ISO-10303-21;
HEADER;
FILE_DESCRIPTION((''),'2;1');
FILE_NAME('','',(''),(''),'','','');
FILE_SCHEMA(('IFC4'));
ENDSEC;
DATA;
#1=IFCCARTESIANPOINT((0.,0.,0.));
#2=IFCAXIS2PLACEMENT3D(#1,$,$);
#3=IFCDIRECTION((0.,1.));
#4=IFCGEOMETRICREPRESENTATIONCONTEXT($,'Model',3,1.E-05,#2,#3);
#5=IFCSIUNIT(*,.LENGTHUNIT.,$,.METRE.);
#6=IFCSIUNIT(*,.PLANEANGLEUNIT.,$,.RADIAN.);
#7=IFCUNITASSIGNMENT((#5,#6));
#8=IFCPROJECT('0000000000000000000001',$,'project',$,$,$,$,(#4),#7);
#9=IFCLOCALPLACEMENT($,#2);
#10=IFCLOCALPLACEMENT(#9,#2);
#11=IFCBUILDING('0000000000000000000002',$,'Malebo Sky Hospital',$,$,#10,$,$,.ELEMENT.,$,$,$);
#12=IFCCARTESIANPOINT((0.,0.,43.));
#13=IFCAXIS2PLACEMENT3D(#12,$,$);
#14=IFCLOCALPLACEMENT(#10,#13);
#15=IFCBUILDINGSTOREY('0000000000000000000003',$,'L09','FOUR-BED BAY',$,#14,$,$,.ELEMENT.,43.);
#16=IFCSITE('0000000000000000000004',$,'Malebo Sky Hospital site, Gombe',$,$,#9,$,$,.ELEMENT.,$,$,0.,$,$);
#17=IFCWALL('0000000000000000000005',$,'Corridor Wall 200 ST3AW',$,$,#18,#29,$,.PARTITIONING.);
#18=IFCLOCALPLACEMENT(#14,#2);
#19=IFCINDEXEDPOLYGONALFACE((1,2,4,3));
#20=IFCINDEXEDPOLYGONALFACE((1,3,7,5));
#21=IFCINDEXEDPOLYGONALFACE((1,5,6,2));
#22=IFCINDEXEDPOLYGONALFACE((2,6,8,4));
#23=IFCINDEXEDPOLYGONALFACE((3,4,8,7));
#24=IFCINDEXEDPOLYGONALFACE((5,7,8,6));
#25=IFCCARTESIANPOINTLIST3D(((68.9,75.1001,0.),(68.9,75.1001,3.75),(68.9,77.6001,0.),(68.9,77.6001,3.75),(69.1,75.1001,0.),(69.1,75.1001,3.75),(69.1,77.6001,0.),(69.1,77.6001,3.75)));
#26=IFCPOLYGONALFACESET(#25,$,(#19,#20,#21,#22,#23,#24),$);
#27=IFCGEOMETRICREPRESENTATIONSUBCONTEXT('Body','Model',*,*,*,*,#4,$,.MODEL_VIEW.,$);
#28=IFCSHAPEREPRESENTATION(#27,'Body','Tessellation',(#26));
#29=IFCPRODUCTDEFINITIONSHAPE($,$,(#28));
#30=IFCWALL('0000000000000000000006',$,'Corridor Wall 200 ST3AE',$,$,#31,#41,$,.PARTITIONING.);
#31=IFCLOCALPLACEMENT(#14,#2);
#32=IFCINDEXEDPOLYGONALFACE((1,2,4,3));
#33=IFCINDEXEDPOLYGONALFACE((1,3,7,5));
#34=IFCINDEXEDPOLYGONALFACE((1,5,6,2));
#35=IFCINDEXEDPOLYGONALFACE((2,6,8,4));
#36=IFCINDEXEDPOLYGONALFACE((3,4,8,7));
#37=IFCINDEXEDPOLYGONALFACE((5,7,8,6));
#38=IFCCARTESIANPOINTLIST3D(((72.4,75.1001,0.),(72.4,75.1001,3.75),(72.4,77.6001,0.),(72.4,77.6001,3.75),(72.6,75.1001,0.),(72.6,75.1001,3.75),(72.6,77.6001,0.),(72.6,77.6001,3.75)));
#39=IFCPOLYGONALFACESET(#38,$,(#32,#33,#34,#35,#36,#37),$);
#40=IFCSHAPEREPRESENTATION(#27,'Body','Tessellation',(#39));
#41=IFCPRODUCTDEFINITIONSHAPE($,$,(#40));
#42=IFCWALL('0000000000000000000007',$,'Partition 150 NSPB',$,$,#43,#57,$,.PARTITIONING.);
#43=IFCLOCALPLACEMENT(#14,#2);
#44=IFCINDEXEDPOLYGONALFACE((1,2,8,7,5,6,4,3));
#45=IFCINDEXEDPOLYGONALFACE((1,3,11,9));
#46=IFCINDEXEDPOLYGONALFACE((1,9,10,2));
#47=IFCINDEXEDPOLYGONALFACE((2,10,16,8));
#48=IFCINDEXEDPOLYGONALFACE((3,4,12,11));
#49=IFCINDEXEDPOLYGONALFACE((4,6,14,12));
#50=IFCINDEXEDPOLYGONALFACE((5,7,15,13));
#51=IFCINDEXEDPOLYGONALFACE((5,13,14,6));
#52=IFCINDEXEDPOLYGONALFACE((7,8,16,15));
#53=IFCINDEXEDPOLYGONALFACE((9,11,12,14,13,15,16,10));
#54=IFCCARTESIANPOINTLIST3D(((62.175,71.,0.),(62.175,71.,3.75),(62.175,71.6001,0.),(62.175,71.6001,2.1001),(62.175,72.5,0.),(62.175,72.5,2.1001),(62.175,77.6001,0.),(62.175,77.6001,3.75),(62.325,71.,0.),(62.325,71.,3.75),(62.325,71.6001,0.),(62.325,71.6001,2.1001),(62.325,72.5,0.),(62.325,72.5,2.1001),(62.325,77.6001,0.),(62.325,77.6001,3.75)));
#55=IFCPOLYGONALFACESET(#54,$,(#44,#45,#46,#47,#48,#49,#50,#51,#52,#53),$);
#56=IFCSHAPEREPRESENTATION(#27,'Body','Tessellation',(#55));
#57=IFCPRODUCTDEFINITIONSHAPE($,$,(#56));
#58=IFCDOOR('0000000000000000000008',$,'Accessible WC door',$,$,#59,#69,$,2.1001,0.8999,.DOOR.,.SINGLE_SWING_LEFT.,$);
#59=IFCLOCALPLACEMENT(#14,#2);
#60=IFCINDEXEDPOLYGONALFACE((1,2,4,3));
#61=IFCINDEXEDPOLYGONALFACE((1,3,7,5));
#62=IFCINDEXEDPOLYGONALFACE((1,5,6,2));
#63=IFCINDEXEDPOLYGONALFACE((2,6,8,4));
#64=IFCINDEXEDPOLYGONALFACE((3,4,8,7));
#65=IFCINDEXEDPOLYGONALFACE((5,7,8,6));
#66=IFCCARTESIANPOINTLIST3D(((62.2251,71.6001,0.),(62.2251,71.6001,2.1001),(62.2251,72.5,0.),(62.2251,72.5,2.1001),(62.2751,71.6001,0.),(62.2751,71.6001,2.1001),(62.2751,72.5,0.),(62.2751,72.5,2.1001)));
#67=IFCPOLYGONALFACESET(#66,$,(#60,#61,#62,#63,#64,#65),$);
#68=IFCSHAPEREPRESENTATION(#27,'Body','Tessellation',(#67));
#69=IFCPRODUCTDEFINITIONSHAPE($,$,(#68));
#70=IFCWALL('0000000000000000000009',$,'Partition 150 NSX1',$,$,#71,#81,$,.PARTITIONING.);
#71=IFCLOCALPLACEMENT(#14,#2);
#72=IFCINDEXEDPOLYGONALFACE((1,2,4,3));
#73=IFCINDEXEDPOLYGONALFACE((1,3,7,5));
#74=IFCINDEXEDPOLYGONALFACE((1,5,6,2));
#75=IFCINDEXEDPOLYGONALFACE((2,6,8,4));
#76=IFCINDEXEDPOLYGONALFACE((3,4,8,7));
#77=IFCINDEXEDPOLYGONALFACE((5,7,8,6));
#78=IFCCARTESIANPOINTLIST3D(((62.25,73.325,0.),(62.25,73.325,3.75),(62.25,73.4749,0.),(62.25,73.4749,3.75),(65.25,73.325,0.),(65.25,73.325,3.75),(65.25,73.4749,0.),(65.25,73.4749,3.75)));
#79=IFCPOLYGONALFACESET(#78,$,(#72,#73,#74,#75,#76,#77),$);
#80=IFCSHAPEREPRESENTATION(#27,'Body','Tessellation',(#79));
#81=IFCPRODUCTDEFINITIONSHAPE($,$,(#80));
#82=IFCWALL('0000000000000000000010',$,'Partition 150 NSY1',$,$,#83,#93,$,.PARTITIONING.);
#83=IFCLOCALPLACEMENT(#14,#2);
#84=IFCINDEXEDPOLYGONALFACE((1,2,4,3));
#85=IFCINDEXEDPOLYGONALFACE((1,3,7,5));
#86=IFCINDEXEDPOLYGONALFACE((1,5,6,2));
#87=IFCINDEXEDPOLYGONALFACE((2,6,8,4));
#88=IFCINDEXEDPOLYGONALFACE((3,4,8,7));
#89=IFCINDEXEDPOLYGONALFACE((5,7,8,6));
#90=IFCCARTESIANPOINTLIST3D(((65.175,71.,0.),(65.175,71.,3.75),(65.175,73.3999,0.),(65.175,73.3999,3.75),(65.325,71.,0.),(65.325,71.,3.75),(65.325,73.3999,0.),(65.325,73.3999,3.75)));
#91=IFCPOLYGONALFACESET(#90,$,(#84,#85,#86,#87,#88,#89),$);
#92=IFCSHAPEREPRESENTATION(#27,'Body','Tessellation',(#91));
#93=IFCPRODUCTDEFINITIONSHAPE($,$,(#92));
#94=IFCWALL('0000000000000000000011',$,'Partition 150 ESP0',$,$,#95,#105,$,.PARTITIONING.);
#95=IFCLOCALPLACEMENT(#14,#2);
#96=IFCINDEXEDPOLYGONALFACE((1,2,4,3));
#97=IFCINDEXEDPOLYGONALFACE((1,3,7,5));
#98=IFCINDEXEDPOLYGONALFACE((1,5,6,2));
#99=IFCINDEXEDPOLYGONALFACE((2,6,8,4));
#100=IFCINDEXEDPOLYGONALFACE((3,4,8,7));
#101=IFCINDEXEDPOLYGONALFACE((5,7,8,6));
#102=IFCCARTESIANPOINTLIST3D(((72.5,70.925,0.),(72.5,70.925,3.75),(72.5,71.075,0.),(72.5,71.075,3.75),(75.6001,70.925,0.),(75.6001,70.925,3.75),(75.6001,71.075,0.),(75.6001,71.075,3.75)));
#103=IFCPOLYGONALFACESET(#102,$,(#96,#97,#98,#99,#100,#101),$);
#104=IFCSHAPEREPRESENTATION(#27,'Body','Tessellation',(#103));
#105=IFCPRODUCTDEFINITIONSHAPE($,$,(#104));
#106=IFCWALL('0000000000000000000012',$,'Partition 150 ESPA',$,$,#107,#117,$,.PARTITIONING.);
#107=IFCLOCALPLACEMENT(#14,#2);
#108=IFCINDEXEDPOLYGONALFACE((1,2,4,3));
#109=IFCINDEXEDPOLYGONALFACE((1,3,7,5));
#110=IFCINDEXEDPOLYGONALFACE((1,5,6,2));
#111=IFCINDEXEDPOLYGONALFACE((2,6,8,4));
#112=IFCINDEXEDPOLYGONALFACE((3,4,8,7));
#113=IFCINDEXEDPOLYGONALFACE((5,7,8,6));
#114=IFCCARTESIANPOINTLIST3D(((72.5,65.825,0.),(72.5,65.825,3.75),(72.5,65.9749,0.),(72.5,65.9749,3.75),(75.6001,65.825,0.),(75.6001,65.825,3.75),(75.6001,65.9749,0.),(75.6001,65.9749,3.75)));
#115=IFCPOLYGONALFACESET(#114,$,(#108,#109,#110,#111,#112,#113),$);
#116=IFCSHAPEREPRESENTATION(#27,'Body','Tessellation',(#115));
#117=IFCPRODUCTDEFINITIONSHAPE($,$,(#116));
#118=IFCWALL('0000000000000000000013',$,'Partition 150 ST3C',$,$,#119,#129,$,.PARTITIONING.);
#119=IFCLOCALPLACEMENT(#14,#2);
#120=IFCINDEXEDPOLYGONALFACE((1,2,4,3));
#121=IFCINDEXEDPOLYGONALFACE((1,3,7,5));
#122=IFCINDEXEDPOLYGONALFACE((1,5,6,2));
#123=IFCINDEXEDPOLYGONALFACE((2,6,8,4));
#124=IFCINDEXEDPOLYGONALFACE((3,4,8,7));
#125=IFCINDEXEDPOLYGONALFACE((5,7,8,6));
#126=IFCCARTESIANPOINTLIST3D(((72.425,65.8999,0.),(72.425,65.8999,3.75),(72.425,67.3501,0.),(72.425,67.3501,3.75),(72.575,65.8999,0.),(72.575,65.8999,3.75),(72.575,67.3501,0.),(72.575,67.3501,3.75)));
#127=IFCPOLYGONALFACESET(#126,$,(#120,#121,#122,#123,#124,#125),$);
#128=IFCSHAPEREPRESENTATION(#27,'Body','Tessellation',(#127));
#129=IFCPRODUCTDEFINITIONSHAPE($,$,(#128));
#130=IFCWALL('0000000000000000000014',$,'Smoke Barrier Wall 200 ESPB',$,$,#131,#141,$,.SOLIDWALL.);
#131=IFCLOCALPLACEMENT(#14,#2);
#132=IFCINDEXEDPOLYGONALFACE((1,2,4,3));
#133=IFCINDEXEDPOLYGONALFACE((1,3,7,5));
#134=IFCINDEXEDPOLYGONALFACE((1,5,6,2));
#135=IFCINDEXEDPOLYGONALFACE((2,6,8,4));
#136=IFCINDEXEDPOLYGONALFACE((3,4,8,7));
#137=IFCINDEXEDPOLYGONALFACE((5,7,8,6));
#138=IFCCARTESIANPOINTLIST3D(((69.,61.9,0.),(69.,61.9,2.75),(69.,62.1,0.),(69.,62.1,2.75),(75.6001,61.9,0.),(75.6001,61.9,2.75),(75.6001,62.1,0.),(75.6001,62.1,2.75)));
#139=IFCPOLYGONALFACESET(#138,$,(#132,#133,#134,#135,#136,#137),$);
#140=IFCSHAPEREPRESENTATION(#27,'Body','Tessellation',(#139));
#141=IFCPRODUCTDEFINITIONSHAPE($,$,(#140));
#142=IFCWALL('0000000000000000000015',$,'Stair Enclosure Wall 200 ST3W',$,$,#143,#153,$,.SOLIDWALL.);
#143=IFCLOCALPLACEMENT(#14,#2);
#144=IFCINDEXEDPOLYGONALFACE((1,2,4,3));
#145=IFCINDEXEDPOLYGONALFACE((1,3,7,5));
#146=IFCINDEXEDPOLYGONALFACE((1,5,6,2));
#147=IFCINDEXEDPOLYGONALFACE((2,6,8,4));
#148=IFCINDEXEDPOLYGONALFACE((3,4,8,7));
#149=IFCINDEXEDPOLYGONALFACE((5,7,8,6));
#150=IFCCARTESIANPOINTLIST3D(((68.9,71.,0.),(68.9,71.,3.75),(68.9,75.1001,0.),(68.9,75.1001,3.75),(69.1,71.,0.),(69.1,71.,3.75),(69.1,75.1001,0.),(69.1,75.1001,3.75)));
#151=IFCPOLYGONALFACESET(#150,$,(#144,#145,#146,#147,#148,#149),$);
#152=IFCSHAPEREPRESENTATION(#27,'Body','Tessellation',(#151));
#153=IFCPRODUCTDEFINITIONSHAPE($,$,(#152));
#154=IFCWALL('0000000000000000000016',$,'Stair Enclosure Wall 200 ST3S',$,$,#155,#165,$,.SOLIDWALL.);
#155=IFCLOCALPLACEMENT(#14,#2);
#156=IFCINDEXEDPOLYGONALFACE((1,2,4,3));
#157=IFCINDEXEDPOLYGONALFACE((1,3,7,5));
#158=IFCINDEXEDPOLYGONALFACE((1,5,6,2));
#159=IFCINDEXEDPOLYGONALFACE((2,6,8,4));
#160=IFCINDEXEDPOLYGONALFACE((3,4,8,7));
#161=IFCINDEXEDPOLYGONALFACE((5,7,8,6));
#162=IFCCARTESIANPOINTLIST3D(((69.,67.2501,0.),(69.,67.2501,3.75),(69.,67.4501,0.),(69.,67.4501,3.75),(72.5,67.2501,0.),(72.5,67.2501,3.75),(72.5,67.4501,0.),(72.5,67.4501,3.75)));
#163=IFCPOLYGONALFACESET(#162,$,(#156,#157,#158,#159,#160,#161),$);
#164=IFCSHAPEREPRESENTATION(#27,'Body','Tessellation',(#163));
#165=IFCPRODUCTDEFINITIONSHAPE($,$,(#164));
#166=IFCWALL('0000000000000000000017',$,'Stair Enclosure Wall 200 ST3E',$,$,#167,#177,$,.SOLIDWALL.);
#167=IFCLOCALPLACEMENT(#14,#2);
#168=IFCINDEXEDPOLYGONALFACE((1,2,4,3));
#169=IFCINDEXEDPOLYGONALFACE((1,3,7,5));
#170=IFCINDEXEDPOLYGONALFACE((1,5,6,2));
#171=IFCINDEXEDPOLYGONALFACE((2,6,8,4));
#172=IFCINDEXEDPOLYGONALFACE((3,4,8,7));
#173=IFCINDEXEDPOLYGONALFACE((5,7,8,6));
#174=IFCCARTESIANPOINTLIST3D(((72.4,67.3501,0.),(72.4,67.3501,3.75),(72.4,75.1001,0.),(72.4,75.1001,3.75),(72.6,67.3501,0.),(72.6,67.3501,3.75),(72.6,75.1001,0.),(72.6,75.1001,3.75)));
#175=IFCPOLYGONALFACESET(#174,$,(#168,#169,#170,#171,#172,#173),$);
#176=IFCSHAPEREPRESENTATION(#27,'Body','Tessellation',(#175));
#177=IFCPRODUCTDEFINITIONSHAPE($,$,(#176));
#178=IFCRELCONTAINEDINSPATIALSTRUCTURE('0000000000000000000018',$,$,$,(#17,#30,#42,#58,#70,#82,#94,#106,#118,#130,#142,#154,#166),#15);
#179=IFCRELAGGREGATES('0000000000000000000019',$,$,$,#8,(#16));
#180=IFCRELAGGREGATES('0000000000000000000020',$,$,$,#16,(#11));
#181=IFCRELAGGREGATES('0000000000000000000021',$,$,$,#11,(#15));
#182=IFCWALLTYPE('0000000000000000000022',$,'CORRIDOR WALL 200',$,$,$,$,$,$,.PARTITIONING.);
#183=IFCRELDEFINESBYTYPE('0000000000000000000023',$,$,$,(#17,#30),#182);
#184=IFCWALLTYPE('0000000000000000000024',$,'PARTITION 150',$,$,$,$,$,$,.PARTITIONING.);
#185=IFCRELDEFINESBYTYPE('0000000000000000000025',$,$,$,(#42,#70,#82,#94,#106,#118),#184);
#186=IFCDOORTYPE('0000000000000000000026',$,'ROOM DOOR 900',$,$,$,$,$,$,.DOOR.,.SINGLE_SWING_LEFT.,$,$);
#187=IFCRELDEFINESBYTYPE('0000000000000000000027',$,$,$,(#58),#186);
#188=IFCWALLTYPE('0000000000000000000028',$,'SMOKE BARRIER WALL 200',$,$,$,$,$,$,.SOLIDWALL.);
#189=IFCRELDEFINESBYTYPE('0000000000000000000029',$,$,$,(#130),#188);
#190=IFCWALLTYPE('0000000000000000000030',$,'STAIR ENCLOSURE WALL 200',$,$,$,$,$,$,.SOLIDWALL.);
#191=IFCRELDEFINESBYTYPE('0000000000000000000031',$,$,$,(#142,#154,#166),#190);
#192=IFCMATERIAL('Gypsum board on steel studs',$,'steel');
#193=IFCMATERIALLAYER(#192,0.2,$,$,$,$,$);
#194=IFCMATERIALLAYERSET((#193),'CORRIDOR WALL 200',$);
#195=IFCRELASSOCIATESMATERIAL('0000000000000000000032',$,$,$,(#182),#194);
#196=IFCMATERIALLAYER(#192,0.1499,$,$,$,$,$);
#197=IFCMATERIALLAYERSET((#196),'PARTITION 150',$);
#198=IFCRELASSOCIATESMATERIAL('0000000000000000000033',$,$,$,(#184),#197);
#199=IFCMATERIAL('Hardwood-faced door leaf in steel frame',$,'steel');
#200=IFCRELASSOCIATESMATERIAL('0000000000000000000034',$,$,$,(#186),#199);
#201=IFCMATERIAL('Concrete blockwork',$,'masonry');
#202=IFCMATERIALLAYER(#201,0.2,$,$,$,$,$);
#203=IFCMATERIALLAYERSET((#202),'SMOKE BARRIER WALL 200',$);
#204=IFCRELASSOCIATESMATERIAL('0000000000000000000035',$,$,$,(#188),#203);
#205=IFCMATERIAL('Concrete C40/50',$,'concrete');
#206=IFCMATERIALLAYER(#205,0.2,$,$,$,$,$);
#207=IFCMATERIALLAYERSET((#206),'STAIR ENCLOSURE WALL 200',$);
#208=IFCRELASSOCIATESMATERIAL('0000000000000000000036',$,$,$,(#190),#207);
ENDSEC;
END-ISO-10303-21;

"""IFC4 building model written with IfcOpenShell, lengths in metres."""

from ifc_helpers import new_model, si_unit, direction, frame, frame_2d, origin, place, context, subcontext, project, spatial, rectangle, extrude, material, layer, layer_set, type_object, element, fill, save


model = new_model("IFC4")

# Units and contexts
model_context = context("Model", 3, precision=1e-05, world=origin(), true_north=direction((0.0, 1.0)))
body_context = subcontext(model_context, "Body", "Model", "MODEL_VIEW")
ifc_project = project(units=[si_unit("LENGTHUNIT", "METRE"), si_unit("PLANEANGLEUNIT", "RADIAN")], contexts=[model_context])

# Site, building, storey
site_placement = place(None, origin())
site = spatial("IfcSite", under=ifc_project, at=site_placement, Name="Malebo Sky Hospital site, Gombe", CompositionType="ELEMENT", RefElevation=0.0)
building_placement = place(site_placement, origin())
building = spatial("IfcBuilding", under=site, at=building_placement, Name="Malebo Sky Hospital", CompositionType="ELEMENT")
storey_placement = place(building_placement, frame((0.0, 0.0, 43.0)))
storey = spatial("IfcBuildingStorey", under=building, at=storey_placement, Name="L09", Description="FOUR-BED BAY", CompositionType="ELEMENT", Elevation=43.0)

# Walls
ifc_material_1 = material(Name="Gypsum board on steel studs", Category="steel")
ifc_layer_1 = layer(ifc_material_1, 0.2)
ifc_layer_set_1 = layer_set([ifc_layer_1], Name="CORRIDOR WALL 200")
wall_type_1 = type_object("IfcWallType", Name="CORRIDOR WALL 200", PredefinedType="PARTITIONING", material=ifc_layer_set_1)
for number, where, z_axis, x_axis, name in (
    (1, (69.0, 75.1001, 0.0), (0.0, 0.0, 1.0), (0.0, 1.0, 0.0), "Corridor Wall 200 ST3AW"),
    (2, (72.5, 75.1001, 0.0), (0.0, 0.0, 1.0), (0.0, 1.0, 0.0), "Corridor Wall 200 ST3AE"),
):
    element("IfcWall", number, at=place(storey_placement, frame(where, z_axis=z_axis, x_axis=x_axis)), inside=storey, type_object=wall_type_1, Name=name, PredefinedType="PARTITIONING", context=body_context, shape_type="SweptSolid", body=[
        extrude(rectangle(XDim=2.5, YDim=0.2, at=frame_2d((1.25, 0.0))), origin(), (0.0, 0.0, 1.0), 3.75),
    ])

# Wall, opening, door
ifc_layer_2 = layer(ifc_material_1, 0.1499)
ifc_layer_set_2 = layer_set([ifc_layer_2], Name="PARTITION 150")
wall_type_2 = type_object("IfcWallType", Name="PARTITION 150", PredefinedType="PARTITIONING", material=ifc_layer_set_2)
wall_1_placement = place(storey_placement, frame((62.25, 71.0, 0.0), z_axis=(0.0, 0.0, 1.0), x_axis=(0.0, 1.0, 0.0)))
wall_1 = element("IfcWall", 3, at=wall_1_placement, inside=storey, type_object=wall_type_2, Name="Partition 150 NSPB", PredefinedType="PARTITIONING", context=body_context, shape_type="SweptSolid", body=[
    extrude(rectangle(XDim=6.6001, YDim=0.1499, at=frame_2d((3.3, 0.0))), origin(), (0.0, 0.0, 1.0), 3.75),
])
opening_1_placement = place(wall_1_placement, frame((0.6001, 0.0, 0.0)))
opening_1 = element("IfcOpeningElement", 4, at=opening_1_placement, cuts=wall_1, PredefinedType="OPENING", context=body_context, shape_type="SweptSolid", body=[
    extrude(rectangle(XDim=0.8999, YDim=2.1001, at=frame_2d((0.45, 1.05))), frame((0.0, 0.085, 0.0), z_axis=(0.0, -1.0, 0.0), x_axis=(1.0, 0.0, 0.0)), (0.0, 0.0, 1.0), 0.1699),
])
ifc_material_2 = material(Name="Hardwood-faced door leaf in steel frame", Category="steel")
door_type_1 = type_object("IfcDoorType", Name="ROOM DOOR 900", OperationType="SINGLE_SWING_LEFT", PredefinedType="DOOR", material=ifc_material_2)
door_1_placement = place(opening_1_placement, origin())
door_1 = element("IfcDoor", 5, at=door_1_placement, inside=storey, type_object=door_type_1, Name="Accessible WC door", OperationType="SINGLE_SWING_LEFT", OverallHeight=2.1001, OverallWidth=0.8999, PredefinedType="DOOR", context=body_context, shape_type="SweptSolid", body=[
    extrude(rectangle(XDim=0.8999, YDim=2.1001, at=frame_2d((0.45, 1.05))), frame((0.0, 0.0249, 0.0), z_axis=(0.0, -1.0, 0.0), x_axis=(1.0, 0.0, 0.0)), (0.0, 0.0, 1.0), 0.05),
])
fill(opening_1, door_1)

# Walls
wall_2_placement = place(storey_placement, frame((62.25, 73.3999, 0.0), z_axis=(0.0, 0.0, 1.0), x_axis=(1.0, 0.0, 0.0)))
element("IfcWall", 6, at=wall_2_placement, inside=storey, type_object=wall_type_2, Name="Partition 150 NSX1", PredefinedType="PARTITIONING", context=body_context, shape_type="SweptSolid", body=[
    extrude(rectangle(XDim=3.0, YDim=0.1499, at=frame_2d((1.5, 0.0))), origin(), (0.0, 0.0, 1.0), 3.75),
])
wall_3_placement = place(storey_placement, frame((65.25, 71.0, 0.0), z_axis=(0.0, 0.0, 1.0), x_axis=(0.0, 1.0, 0.0)))
element("IfcWall", 7, at=wall_3_placement, inside=storey, type_object=wall_type_2, Name="Partition 150 NSY1", PredefinedType="PARTITIONING", context=body_context, shape_type="SweptSolid", body=[
    extrude(rectangle(XDim=2.3999, YDim=0.1499, at=frame_2d((1.2, 0.0))), origin(), (0.0, 0.0, 1.0), 3.75),
])
for number, where, z_axis, x_axis, name in (
    (8, (72.5, 71.0, 0.0), (0.0, 0.0, 1.0), (1.0, 0.0, 0.0), "Partition 150 ESP0"),
    (9, (72.5, 65.8999, 0.0), (0.0, 0.0, 1.0), (1.0, 0.0, 0.0), "Partition 150 ESPA"),
):
    element("IfcWall", number, at=place(storey_placement, frame(where, z_axis=z_axis, x_axis=x_axis)), inside=storey, type_object=wall_type_2, Name=name, PredefinedType="PARTITIONING", context=body_context, shape_type="SweptSolid", body=[
        extrude(rectangle(XDim=3.1001, YDim=0.1499, at=frame_2d((1.55, 0.0))), origin(), (0.0, 0.0, 1.0), 3.75),
    ])
wall_4_placement = place(storey_placement, frame((72.5, 65.8999, 0.0), z_axis=(0.0, 0.0, 1.0), x_axis=(0.0, 1.0, 0.0)))
element("IfcWall", 10, at=wall_4_placement, inside=storey, type_object=wall_type_2, Name="Partition 150 ST3C", PredefinedType="PARTITIONING", context=body_context, shape_type="SweptSolid", body=[
    extrude(rectangle(XDim=1.4502, YDim=0.1499, at=frame_2d((0.7251, 0.0))), origin(), (0.0, 0.0, 1.0), 3.75),
])
ifc_material_3 = material(Name="Concrete blockwork", Category="masonry")
ifc_layer_3 = layer(ifc_material_3, 0.2)
ifc_layer_set_3 = layer_set([ifc_layer_3], Name="SMOKE BARRIER WALL 200")
wall_type_3 = type_object("IfcWallType", Name="SMOKE BARRIER WALL 200", PredefinedType="SOLIDWALL", material=ifc_layer_set_3)
wall_5_placement = place(storey_placement, frame((69.0, 62.0, 0.0), z_axis=(0.0, 0.0, 1.0), x_axis=(1.0, 0.0, 0.0)))
element("IfcWall", 11, at=wall_5_placement, inside=storey, type_object=wall_type_3, Name="Smoke Barrier Wall 200 ESPB", PredefinedType="SOLIDWALL", context=body_context, shape_type="SweptSolid", body=[
    extrude(rectangle(XDim=6.6001, YDim=0.2, at=frame_2d((3.3, 0.0))), origin(), (0.0, 0.0, 1.0), 2.75),
])
ifc_material_4 = material(Name="Concrete C40/50", Category="concrete")
ifc_layer_4 = layer(ifc_material_4, 0.2)
ifc_layer_set_4 = layer_set([ifc_layer_4], Name="STAIR ENCLOSURE WALL 200")
wall_type_4 = type_object("IfcWallType", Name="STAIR ENCLOSURE WALL 200", PredefinedType="SOLIDWALL", material=ifc_layer_set_4)
wall_6_placement = place(storey_placement, frame((69.0, 71.0, 0.0), z_axis=(0.0, 0.0, 1.0), x_axis=(0.0, 1.0, 0.0)))
element("IfcWall", 12, at=wall_6_placement, inside=storey, type_object=wall_type_4, Name="Stair Enclosure Wall 200 ST3W", PredefinedType="SOLIDWALL", context=body_context, shape_type="SweptSolid", body=[
    extrude(rectangle(XDim=4.1001, YDim=0.2, at=frame_2d((2.05, 0.0))), origin(), (0.0, 0.0, 1.0), 3.75),
])
wall_7_placement = place(storey_placement, frame((69.0, 67.3501, 0.0), z_axis=(0.0, 0.0, 1.0), x_axis=(1.0, 0.0, 0.0)))
element("IfcWall", 13, at=wall_7_placement, inside=storey, type_object=wall_type_4, Name="Stair Enclosure Wall 200 ST3S", PredefinedType="SOLIDWALL", context=body_context, shape_type="SweptSolid", body=[
    extrude(rectangle(XDim=3.5, YDim=0.2, at=frame_2d((1.75, 0.0))), origin(), (0.0, 0.0, 1.0), 3.75),
])
wall_8_placement = place(storey_placement, frame((72.5, 67.3501, 0.0), z_axis=(0.0, 0.0, 1.0), x_axis=(0.0, 1.0, 0.0)))
element("IfcWall", 14, at=wall_8_placement, inside=storey, type_object=wall_type_4, Name="Stair Enclosure Wall 200 ST3E", PredefinedType="SOLIDWALL", context=body_context, shape_type="SweptSolid", body=[
    extrude(rectangle(XDim=7.75, YDim=0.2, at=frame_2d((3.875, 0.0))), origin(), (0.0, 0.0, 1.0), 3.75),
])

save(model, "model.ifc")
